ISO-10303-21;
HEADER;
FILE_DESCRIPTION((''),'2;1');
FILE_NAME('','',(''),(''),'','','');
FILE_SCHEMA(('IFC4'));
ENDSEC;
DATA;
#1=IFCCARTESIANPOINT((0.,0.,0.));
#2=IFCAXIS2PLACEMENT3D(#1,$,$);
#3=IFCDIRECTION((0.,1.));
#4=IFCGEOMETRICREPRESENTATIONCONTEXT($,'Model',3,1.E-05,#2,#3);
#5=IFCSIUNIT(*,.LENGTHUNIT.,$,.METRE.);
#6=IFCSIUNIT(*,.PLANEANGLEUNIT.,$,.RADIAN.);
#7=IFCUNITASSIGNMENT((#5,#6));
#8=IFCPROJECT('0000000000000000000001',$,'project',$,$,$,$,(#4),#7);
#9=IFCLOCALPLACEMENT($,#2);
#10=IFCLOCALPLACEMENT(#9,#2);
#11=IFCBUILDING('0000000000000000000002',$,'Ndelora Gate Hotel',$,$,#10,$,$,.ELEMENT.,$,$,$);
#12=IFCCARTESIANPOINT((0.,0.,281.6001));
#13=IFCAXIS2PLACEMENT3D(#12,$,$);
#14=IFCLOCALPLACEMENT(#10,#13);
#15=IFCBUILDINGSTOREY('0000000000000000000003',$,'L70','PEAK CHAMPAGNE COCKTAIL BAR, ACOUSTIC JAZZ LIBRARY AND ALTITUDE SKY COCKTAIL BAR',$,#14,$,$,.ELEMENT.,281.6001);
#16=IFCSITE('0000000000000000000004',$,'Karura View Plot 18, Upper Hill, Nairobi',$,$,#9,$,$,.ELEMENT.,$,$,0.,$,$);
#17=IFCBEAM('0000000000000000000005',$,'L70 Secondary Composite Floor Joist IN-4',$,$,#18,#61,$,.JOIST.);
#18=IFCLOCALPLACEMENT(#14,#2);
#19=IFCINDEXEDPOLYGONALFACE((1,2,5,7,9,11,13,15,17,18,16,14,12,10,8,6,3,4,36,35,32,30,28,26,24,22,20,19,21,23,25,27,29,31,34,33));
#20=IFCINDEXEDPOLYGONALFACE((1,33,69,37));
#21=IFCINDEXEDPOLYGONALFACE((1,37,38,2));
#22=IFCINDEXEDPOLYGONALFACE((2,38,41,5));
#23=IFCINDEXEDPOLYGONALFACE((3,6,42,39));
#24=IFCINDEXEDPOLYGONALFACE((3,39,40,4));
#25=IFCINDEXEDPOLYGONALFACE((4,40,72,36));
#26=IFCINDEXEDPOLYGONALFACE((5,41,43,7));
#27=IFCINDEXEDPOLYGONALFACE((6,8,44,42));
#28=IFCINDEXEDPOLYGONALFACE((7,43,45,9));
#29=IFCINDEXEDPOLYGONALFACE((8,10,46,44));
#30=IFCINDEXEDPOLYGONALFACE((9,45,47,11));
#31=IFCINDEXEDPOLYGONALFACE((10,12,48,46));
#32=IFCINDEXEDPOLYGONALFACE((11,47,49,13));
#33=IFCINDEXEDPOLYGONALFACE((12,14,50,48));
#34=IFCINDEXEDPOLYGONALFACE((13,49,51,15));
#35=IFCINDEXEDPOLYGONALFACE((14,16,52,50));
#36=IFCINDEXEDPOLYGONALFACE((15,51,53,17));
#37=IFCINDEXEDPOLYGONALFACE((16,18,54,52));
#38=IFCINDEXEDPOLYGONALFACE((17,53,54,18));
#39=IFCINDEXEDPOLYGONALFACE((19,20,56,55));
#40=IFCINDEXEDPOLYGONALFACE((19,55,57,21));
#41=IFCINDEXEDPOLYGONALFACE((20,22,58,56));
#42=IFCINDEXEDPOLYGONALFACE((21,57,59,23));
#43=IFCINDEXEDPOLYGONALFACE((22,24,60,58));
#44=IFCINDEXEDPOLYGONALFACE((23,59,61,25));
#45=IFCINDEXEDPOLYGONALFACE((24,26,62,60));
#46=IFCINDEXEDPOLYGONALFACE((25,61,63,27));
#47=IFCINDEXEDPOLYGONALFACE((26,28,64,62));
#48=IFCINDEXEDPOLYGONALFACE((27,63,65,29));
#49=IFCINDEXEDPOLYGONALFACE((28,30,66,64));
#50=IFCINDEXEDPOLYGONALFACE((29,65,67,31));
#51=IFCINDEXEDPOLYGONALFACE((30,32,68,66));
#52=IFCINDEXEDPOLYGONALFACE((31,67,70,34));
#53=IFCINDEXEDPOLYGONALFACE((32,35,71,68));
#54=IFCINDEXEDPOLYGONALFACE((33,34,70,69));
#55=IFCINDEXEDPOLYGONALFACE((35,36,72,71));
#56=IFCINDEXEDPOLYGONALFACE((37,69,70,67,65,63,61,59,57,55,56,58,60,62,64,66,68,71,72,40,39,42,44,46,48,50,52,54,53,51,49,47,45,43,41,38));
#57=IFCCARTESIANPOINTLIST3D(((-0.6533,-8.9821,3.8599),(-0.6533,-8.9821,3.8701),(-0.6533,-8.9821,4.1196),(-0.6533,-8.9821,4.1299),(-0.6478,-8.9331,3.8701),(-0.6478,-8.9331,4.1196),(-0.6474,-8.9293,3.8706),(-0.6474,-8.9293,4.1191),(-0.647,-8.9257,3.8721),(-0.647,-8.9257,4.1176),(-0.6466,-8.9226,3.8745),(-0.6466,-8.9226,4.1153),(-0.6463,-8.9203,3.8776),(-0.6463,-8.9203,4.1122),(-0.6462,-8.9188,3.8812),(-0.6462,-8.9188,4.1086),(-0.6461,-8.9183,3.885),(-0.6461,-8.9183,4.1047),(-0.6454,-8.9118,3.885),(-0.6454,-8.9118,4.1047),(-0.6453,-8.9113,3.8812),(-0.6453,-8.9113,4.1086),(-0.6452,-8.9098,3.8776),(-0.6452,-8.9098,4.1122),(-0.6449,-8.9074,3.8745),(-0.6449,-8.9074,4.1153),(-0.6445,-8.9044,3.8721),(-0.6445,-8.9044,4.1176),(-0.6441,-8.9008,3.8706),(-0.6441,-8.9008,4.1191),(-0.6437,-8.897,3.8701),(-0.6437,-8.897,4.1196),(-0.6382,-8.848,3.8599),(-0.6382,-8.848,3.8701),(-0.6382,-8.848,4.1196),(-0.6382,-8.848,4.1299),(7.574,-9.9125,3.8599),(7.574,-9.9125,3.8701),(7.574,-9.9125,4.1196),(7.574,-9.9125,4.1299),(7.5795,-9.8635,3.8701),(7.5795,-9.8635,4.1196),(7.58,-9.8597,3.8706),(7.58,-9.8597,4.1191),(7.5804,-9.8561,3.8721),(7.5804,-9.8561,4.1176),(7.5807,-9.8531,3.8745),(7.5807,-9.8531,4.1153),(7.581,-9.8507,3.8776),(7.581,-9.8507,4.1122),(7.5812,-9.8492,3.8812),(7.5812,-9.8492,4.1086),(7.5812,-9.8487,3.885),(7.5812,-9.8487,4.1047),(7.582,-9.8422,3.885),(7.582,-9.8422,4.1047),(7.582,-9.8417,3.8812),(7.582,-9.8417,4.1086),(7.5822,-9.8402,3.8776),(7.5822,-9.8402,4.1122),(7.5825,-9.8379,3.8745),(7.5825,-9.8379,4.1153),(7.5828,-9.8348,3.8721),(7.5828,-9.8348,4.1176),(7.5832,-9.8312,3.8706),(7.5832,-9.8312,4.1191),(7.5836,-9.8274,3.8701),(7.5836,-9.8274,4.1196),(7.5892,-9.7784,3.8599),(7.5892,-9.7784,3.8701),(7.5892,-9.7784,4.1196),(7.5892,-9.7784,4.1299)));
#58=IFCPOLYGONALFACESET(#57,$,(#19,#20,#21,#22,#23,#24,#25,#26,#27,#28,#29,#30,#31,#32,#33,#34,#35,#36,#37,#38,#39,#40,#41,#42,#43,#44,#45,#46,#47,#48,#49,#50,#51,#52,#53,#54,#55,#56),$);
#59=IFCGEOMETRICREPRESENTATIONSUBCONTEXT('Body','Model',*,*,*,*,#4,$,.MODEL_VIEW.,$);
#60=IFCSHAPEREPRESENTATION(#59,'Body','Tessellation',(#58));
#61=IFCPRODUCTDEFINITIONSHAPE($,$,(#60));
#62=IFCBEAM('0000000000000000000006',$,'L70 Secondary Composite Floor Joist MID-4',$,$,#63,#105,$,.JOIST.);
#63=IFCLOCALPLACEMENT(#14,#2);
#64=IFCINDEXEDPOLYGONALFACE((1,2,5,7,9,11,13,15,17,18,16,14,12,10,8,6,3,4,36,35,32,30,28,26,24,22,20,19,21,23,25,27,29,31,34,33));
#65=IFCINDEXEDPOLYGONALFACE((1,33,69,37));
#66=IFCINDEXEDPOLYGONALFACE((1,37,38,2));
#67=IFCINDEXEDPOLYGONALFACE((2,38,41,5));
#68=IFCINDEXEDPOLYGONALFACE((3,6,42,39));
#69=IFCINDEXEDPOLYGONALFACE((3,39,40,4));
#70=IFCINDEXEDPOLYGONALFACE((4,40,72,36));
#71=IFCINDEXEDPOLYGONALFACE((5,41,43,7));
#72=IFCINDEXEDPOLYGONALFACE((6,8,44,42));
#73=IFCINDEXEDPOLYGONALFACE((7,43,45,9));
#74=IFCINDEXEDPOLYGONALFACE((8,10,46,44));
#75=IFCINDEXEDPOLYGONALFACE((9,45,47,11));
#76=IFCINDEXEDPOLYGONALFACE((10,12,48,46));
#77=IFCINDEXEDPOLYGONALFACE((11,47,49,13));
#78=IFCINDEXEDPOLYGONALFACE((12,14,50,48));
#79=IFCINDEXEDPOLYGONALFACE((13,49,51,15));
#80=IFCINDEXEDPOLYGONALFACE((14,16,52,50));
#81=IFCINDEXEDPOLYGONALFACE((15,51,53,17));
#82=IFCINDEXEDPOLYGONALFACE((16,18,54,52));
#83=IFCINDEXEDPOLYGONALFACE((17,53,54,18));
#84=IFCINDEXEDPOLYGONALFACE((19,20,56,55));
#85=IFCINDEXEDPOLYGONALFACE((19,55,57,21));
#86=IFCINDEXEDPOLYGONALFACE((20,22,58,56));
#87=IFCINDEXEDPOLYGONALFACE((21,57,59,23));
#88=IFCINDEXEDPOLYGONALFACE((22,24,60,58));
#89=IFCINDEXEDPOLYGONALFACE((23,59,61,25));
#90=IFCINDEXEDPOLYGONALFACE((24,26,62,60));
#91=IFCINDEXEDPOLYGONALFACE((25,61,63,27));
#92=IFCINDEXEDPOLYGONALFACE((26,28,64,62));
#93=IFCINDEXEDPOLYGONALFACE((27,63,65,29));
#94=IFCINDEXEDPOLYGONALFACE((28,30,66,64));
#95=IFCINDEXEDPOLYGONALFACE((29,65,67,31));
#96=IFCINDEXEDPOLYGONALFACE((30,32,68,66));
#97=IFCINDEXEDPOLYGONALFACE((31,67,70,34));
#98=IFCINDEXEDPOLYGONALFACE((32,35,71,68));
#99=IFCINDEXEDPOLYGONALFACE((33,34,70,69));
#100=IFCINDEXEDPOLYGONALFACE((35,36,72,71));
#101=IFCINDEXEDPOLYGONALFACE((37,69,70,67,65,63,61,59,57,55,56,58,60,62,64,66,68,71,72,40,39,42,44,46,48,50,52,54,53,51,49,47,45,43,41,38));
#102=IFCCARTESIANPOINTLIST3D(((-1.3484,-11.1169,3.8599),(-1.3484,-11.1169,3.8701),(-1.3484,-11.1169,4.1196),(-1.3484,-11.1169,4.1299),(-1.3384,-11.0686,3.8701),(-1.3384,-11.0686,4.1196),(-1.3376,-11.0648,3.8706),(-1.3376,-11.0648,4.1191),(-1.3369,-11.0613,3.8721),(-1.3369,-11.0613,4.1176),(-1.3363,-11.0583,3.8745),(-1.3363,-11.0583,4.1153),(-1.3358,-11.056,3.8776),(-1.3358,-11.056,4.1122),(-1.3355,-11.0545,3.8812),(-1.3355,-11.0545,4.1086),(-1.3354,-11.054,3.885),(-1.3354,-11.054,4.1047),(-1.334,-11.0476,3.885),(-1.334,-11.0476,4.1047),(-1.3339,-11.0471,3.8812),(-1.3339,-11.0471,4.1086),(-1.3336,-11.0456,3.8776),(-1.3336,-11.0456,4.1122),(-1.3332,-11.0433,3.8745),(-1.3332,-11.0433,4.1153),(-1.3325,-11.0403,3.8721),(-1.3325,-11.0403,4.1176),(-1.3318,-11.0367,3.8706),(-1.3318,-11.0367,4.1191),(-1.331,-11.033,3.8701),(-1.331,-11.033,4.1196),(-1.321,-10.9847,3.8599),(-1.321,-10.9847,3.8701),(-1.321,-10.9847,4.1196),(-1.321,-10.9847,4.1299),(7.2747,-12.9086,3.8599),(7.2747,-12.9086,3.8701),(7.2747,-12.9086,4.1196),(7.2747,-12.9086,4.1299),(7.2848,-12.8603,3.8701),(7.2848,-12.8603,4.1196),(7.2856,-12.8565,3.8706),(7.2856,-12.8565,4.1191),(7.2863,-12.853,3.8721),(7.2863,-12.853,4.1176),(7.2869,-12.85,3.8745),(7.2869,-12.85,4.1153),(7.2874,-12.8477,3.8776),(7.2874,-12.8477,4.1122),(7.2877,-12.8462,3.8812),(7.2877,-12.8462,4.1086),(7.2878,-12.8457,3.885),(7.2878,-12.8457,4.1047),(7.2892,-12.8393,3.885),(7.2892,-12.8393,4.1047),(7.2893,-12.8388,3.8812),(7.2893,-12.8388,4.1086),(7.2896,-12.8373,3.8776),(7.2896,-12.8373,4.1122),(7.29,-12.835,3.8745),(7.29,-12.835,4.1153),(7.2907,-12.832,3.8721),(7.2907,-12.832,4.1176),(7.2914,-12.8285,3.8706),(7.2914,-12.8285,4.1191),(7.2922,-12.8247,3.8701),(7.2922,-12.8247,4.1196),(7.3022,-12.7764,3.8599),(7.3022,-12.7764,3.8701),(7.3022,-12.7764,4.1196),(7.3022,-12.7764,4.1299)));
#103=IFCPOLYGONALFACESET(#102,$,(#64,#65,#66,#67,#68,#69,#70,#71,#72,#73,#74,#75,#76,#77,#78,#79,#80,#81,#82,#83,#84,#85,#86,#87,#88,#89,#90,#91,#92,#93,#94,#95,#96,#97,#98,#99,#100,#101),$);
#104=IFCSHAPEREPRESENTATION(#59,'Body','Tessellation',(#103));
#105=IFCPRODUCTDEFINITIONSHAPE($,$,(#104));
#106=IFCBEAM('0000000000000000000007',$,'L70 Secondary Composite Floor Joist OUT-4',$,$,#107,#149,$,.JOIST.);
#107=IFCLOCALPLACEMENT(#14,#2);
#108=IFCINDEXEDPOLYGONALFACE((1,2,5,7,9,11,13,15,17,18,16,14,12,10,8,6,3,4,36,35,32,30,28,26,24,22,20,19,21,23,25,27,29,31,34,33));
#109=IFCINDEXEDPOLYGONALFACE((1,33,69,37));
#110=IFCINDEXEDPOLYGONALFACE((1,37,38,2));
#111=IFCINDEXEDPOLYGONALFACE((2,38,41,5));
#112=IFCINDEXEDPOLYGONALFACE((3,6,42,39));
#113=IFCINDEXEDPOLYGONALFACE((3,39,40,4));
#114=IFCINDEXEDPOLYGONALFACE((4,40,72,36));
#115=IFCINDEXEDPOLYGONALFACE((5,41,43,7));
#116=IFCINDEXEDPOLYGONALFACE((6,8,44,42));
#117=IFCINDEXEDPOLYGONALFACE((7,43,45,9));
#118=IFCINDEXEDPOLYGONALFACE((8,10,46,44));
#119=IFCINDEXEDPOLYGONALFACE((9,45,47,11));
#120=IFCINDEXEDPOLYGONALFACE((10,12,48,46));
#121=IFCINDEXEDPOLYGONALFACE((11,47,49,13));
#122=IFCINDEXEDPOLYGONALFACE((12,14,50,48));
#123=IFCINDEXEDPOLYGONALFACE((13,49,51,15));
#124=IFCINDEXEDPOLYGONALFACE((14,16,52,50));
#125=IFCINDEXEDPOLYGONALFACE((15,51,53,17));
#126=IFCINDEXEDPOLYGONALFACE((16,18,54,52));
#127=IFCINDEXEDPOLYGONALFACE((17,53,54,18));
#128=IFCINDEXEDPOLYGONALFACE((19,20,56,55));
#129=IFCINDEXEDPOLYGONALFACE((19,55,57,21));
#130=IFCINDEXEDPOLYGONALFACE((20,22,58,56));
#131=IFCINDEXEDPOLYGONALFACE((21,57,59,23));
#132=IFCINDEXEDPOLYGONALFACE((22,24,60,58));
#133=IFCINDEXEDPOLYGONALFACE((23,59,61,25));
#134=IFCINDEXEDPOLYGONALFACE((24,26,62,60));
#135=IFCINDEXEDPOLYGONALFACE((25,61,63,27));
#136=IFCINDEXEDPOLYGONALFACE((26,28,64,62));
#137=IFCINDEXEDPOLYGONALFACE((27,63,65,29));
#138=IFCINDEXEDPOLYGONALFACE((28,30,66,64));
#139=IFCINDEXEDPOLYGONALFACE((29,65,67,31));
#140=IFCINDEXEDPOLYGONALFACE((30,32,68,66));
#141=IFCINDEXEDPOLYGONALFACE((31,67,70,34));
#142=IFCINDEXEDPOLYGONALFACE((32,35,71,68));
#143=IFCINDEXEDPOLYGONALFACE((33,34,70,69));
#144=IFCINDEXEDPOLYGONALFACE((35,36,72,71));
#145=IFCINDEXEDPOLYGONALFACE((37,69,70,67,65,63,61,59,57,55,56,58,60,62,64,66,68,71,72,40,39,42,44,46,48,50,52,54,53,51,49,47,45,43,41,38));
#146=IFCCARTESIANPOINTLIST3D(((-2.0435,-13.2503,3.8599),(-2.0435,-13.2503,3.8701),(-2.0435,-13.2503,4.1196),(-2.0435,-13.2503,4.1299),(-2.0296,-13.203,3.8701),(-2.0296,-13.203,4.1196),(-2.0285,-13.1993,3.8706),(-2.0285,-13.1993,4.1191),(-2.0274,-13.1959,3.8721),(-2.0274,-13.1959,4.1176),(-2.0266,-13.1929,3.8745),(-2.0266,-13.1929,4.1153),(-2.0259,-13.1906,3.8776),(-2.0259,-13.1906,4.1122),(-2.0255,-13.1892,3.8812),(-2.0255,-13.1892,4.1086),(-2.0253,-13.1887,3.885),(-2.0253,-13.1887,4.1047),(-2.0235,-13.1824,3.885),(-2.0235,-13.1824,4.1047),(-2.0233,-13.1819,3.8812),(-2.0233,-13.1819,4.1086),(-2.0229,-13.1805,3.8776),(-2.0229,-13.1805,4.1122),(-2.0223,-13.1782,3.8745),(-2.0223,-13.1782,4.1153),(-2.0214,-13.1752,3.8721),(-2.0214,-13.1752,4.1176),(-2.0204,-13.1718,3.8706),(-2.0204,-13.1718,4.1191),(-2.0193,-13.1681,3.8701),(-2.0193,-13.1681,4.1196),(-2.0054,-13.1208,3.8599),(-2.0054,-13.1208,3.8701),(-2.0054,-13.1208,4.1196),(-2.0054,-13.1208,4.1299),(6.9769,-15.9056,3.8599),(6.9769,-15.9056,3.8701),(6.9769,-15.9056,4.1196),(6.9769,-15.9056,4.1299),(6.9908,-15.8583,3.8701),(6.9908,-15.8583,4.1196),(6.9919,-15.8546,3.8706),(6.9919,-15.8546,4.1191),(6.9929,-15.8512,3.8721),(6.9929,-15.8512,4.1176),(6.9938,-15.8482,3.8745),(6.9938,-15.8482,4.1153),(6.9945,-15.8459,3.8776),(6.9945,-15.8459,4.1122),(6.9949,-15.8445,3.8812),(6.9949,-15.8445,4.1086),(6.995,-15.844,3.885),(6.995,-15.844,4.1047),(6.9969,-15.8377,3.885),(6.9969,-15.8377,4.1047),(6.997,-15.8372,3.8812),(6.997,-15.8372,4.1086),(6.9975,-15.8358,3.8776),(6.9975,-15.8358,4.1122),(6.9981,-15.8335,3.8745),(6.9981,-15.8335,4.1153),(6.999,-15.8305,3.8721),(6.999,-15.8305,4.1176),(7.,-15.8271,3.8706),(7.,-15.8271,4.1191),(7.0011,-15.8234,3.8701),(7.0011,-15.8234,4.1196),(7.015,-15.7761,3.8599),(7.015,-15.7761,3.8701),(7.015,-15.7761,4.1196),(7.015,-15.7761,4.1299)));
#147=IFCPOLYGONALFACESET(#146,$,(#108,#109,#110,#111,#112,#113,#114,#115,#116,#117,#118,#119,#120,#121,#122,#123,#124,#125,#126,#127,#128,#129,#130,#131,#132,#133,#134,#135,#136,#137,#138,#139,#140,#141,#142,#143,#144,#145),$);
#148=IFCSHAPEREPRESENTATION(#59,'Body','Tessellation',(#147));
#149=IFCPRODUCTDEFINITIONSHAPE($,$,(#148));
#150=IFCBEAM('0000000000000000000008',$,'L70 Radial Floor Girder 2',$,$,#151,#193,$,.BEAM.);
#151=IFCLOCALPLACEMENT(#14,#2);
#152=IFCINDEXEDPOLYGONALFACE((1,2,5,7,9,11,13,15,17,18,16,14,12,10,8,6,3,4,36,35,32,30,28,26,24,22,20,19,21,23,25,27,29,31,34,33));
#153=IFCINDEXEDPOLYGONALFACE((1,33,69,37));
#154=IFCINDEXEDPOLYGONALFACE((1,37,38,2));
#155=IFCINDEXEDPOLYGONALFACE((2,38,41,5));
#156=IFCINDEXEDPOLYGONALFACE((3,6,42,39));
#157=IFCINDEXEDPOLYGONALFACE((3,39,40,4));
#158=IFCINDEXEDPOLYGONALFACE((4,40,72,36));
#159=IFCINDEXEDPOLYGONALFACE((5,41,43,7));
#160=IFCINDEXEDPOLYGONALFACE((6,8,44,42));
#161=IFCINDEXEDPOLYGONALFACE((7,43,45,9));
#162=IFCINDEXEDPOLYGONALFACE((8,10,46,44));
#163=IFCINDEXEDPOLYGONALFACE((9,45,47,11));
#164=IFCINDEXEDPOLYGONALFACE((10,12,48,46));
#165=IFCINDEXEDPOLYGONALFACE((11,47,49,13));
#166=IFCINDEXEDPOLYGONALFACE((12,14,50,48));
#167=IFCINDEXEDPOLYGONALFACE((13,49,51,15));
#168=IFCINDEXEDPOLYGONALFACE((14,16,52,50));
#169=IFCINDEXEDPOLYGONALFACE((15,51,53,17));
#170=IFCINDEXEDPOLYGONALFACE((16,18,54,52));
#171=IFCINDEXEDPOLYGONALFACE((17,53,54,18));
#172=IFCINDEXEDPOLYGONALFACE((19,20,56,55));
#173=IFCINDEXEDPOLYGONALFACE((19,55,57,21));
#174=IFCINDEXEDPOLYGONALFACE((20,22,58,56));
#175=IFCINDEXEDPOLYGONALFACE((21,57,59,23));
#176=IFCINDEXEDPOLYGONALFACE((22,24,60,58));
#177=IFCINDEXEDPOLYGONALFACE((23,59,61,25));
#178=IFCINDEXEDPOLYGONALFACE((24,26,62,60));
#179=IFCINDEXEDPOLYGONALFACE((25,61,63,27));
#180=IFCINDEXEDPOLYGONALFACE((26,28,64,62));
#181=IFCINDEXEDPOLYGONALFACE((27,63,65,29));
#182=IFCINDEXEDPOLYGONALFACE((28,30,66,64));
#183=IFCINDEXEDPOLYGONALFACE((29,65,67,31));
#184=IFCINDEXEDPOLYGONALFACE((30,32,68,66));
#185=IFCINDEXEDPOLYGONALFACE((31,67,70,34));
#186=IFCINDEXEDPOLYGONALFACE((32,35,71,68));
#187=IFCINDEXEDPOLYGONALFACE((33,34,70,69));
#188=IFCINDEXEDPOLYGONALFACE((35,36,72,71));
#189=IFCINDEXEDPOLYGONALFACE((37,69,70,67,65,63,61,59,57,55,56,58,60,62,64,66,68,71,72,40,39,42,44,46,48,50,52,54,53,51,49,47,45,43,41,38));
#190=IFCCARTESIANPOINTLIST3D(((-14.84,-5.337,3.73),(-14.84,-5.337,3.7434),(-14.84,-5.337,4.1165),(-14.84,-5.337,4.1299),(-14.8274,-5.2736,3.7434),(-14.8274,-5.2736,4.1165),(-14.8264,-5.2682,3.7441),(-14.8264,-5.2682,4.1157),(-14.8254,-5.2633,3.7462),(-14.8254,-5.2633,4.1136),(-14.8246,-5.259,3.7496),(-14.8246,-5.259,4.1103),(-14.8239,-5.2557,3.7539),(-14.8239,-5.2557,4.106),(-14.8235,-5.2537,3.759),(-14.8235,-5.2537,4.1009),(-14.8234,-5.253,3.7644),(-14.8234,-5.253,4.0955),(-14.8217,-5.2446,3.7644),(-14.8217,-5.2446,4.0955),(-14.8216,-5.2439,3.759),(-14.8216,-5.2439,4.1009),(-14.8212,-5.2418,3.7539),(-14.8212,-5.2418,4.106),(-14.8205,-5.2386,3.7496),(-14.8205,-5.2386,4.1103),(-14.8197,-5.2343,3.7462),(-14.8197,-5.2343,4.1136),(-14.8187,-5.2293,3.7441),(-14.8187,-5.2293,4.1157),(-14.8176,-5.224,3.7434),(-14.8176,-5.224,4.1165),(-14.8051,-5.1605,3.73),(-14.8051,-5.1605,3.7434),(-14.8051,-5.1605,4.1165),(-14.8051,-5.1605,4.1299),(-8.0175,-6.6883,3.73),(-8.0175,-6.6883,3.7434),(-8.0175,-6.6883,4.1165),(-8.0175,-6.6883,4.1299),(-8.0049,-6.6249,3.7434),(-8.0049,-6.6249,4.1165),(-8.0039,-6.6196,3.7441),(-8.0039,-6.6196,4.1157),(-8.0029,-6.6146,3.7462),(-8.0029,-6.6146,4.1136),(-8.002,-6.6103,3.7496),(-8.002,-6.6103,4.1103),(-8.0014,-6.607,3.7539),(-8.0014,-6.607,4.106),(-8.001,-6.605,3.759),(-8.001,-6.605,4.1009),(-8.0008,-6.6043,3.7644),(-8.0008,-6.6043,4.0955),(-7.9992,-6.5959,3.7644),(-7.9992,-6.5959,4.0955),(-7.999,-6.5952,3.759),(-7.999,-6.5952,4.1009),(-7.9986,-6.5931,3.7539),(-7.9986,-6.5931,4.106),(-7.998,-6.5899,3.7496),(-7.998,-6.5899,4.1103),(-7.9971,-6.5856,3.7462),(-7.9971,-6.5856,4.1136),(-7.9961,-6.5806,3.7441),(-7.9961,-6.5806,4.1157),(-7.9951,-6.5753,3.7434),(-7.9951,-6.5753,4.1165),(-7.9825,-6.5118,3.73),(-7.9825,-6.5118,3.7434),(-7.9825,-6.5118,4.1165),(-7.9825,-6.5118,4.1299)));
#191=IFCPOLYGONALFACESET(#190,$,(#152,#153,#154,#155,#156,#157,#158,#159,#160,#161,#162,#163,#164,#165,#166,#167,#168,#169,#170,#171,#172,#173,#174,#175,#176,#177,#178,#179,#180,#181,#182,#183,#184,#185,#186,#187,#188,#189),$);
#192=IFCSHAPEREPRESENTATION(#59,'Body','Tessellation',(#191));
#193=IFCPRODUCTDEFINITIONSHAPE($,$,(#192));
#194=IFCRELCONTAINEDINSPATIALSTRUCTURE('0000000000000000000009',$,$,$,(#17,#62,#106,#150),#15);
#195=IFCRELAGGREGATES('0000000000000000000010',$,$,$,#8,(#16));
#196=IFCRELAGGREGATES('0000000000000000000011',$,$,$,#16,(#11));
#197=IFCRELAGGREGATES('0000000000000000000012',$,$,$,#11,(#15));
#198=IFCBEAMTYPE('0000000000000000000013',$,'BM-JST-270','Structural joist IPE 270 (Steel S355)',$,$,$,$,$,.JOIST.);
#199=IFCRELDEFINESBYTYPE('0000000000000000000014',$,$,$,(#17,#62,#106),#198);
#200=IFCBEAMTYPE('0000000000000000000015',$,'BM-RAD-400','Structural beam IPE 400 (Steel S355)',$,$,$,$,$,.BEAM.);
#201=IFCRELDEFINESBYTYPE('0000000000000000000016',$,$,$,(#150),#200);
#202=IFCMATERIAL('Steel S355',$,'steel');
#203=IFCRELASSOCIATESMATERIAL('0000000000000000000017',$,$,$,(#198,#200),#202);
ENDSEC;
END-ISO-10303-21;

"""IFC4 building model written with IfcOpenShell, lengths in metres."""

from ifc_helpers import new_model, si_unit, direction, frame, origin, origin_2d, place, context, subcontext, project, spatial, i_section, extrude, material, material_profile, profile_set, type_object, element, save


model = new_model("IFC4")

# Units and contexts
model_context = context("Model", 3, precision=1e-05, world=origin(), true_north=direction((0.0, 1.0)))
body_context = subcontext(model_context, "Body", "Model", "MODEL_VIEW")
ifc_project = project(units=[si_unit("LENGTHUNIT", "METRE"), si_unit("PLANEANGLEUNIT", "RADIAN")], contexts=[model_context])

# Site, building, storey
site_placement = place(None, origin())
site = spatial("IfcSite", under=ifc_project, at=site_placement, Name="Karura View Plot 18, Upper Hill, Nairobi", CompositionType="ELEMENT", RefElevation=0.0)
building_placement = place(site_placement, origin())
building = spatial("IfcBuilding", under=site, at=building_placement, Name="Ndelora Gate Hotel", CompositionType="ELEMENT")
storey_placement = place(building_placement, frame((0.0, 0.0, 281.6001)))
storey = spatial("IfcBuildingStorey", under=building, at=storey_placement, Name="L70", Description="PEAK CHAMPAGNE COCKTAIL BAR, ACOUSTIC JAZZ LIBRARY AND ALTITUDE SKY COCKTAIL BAR", CompositionType="ELEMENT", Elevation=281.6001)

# Beams
ifc_material_1 = material(Name="Steel S355", Category="steel")
ifc_material_profile_1 = material_profile(ifc_material_1, i_section(OverallWidth=0.135, OverallDepth=0.27, WebThickness=0.0066, FlangeThickness=0.0103, FilletRadius=0.0149, at=origin_2d()), Name="IPE 270")
ifc_profile_set_1 = profile_set([ifc_material_profile_1], Name="Steel S355")
beam_type_1 = type_object("IfcBeamType", Name="BM-JST-270", Description="Structural joist IPE 270 (Steel S355)", PredefinedType="JOIST", material=ifc_profile_set_1)
beam_1_placement = place(storey_placement, frame((-0.6458, -8.915, 3.9949), z_axis=(0.993666, -0.112373, 0.0), x_axis=(0.112373, 0.993666, 0.0)))
element("IfcBeam", 1, at=beam_1_placement, inside=storey, type_object=beam_type_1, Name="L70 Secondary Composite Floor Joist IN-4", PredefinedType="JOIST", context=body_context, shape_type="SweptSolid", body=[
    extrude(i_section(OverallWidth=0.135, OverallDepth=0.27, WebThickness=0.0066, FlangeThickness=0.0103, FilletRadius=0.0149, at=origin_2d()), origin(), (0.0, 0.0, 1.0), 8.2798),
])
beam_2_placement = place(storey_placement, frame((-1.3347, -11.0508, 3.9949), z_axis=(0.979088, -0.203435, 0.0), x_axis=(0.203435, 0.979088, 0.0)))
element("IfcBeam", 2, at=beam_2_placement, inside=storey, type_object=beam_type_1, Name="L70 Secondary Composite Floor Joist MID-4", PredefinedType="JOIST", context=body_context, shape_type="SweptSolid", body=[
    extrude(i_section(OverallWidth=0.135, OverallDepth=0.27, WebThickness=0.0066, FlangeThickness=0.0103, FilletRadius=0.0149, at=origin_2d()), origin(), (0.0, 0.0, 1.0), 8.8074),
])
beam_3_placement = place(storey_placement, frame((-2.0244, -13.1855, 3.9949), z_axis=(0.959301, -0.282387, 0.0), x_axis=(0.282387, 0.959301, 0.0)))
element("IfcBeam", 3, at=beam_3_placement, inside=storey, type_object=beam_type_1, Name="L70 Secondary Composite Floor Joist OUT-4", PredefinedType="JOIST", context=body_context, shape_type="SweptSolid", body=[
    extrude(i_section(OverallWidth=0.135, OverallDepth=0.27, WebThickness=0.0066, FlangeThickness=0.0103, FilletRadius=0.0149, at=origin_2d()), origin(), (0.0, 0.0, 1.0), 9.4031),
])
ifc_material_profile_2 = material_profile(ifc_material_1, i_section(OverallWidth=0.1799, OverallDepth=0.3999, WebThickness=0.0085, FlangeThickness=0.0134, FilletRadius=0.021, at=origin_2d()), Name="IPE 400")
ifc_profile_set_2 = profile_set([ifc_material_profile_2], Name="Steel S355")
beam_type_2 = type_object("IfcBeamType", Name="BM-RAD-400", Description="Structural beam IPE 400 (Steel S355)", PredefinedType="BEAM", material=ifc_profile_set_2)
beam_4_placement = place(storey_placement, frame((-8.0, -6.6001, 3.9299), z_axis=(-0.980944, 0.194293, 0.0), x_axis=(-0.194293, -0.980944, 0.0)))
element("IfcBeam", 4, at=beam_4_placement, inside=storey, type_object=beam_type_2, Name="L70 Radial Floor Girder 2", PredefinedType="BEAM", context=body_context, shape_type="SweptSolid", body=[
    extrude(i_section(OverallWidth=0.1799, OverallDepth=0.3999, WebThickness=0.0085, FlangeThickness=0.0134, FilletRadius=0.021, at=origin_2d()), origin(), (0.0, 0.0, 1.0), 6.9551),
])

save(model, "model.ifc")
